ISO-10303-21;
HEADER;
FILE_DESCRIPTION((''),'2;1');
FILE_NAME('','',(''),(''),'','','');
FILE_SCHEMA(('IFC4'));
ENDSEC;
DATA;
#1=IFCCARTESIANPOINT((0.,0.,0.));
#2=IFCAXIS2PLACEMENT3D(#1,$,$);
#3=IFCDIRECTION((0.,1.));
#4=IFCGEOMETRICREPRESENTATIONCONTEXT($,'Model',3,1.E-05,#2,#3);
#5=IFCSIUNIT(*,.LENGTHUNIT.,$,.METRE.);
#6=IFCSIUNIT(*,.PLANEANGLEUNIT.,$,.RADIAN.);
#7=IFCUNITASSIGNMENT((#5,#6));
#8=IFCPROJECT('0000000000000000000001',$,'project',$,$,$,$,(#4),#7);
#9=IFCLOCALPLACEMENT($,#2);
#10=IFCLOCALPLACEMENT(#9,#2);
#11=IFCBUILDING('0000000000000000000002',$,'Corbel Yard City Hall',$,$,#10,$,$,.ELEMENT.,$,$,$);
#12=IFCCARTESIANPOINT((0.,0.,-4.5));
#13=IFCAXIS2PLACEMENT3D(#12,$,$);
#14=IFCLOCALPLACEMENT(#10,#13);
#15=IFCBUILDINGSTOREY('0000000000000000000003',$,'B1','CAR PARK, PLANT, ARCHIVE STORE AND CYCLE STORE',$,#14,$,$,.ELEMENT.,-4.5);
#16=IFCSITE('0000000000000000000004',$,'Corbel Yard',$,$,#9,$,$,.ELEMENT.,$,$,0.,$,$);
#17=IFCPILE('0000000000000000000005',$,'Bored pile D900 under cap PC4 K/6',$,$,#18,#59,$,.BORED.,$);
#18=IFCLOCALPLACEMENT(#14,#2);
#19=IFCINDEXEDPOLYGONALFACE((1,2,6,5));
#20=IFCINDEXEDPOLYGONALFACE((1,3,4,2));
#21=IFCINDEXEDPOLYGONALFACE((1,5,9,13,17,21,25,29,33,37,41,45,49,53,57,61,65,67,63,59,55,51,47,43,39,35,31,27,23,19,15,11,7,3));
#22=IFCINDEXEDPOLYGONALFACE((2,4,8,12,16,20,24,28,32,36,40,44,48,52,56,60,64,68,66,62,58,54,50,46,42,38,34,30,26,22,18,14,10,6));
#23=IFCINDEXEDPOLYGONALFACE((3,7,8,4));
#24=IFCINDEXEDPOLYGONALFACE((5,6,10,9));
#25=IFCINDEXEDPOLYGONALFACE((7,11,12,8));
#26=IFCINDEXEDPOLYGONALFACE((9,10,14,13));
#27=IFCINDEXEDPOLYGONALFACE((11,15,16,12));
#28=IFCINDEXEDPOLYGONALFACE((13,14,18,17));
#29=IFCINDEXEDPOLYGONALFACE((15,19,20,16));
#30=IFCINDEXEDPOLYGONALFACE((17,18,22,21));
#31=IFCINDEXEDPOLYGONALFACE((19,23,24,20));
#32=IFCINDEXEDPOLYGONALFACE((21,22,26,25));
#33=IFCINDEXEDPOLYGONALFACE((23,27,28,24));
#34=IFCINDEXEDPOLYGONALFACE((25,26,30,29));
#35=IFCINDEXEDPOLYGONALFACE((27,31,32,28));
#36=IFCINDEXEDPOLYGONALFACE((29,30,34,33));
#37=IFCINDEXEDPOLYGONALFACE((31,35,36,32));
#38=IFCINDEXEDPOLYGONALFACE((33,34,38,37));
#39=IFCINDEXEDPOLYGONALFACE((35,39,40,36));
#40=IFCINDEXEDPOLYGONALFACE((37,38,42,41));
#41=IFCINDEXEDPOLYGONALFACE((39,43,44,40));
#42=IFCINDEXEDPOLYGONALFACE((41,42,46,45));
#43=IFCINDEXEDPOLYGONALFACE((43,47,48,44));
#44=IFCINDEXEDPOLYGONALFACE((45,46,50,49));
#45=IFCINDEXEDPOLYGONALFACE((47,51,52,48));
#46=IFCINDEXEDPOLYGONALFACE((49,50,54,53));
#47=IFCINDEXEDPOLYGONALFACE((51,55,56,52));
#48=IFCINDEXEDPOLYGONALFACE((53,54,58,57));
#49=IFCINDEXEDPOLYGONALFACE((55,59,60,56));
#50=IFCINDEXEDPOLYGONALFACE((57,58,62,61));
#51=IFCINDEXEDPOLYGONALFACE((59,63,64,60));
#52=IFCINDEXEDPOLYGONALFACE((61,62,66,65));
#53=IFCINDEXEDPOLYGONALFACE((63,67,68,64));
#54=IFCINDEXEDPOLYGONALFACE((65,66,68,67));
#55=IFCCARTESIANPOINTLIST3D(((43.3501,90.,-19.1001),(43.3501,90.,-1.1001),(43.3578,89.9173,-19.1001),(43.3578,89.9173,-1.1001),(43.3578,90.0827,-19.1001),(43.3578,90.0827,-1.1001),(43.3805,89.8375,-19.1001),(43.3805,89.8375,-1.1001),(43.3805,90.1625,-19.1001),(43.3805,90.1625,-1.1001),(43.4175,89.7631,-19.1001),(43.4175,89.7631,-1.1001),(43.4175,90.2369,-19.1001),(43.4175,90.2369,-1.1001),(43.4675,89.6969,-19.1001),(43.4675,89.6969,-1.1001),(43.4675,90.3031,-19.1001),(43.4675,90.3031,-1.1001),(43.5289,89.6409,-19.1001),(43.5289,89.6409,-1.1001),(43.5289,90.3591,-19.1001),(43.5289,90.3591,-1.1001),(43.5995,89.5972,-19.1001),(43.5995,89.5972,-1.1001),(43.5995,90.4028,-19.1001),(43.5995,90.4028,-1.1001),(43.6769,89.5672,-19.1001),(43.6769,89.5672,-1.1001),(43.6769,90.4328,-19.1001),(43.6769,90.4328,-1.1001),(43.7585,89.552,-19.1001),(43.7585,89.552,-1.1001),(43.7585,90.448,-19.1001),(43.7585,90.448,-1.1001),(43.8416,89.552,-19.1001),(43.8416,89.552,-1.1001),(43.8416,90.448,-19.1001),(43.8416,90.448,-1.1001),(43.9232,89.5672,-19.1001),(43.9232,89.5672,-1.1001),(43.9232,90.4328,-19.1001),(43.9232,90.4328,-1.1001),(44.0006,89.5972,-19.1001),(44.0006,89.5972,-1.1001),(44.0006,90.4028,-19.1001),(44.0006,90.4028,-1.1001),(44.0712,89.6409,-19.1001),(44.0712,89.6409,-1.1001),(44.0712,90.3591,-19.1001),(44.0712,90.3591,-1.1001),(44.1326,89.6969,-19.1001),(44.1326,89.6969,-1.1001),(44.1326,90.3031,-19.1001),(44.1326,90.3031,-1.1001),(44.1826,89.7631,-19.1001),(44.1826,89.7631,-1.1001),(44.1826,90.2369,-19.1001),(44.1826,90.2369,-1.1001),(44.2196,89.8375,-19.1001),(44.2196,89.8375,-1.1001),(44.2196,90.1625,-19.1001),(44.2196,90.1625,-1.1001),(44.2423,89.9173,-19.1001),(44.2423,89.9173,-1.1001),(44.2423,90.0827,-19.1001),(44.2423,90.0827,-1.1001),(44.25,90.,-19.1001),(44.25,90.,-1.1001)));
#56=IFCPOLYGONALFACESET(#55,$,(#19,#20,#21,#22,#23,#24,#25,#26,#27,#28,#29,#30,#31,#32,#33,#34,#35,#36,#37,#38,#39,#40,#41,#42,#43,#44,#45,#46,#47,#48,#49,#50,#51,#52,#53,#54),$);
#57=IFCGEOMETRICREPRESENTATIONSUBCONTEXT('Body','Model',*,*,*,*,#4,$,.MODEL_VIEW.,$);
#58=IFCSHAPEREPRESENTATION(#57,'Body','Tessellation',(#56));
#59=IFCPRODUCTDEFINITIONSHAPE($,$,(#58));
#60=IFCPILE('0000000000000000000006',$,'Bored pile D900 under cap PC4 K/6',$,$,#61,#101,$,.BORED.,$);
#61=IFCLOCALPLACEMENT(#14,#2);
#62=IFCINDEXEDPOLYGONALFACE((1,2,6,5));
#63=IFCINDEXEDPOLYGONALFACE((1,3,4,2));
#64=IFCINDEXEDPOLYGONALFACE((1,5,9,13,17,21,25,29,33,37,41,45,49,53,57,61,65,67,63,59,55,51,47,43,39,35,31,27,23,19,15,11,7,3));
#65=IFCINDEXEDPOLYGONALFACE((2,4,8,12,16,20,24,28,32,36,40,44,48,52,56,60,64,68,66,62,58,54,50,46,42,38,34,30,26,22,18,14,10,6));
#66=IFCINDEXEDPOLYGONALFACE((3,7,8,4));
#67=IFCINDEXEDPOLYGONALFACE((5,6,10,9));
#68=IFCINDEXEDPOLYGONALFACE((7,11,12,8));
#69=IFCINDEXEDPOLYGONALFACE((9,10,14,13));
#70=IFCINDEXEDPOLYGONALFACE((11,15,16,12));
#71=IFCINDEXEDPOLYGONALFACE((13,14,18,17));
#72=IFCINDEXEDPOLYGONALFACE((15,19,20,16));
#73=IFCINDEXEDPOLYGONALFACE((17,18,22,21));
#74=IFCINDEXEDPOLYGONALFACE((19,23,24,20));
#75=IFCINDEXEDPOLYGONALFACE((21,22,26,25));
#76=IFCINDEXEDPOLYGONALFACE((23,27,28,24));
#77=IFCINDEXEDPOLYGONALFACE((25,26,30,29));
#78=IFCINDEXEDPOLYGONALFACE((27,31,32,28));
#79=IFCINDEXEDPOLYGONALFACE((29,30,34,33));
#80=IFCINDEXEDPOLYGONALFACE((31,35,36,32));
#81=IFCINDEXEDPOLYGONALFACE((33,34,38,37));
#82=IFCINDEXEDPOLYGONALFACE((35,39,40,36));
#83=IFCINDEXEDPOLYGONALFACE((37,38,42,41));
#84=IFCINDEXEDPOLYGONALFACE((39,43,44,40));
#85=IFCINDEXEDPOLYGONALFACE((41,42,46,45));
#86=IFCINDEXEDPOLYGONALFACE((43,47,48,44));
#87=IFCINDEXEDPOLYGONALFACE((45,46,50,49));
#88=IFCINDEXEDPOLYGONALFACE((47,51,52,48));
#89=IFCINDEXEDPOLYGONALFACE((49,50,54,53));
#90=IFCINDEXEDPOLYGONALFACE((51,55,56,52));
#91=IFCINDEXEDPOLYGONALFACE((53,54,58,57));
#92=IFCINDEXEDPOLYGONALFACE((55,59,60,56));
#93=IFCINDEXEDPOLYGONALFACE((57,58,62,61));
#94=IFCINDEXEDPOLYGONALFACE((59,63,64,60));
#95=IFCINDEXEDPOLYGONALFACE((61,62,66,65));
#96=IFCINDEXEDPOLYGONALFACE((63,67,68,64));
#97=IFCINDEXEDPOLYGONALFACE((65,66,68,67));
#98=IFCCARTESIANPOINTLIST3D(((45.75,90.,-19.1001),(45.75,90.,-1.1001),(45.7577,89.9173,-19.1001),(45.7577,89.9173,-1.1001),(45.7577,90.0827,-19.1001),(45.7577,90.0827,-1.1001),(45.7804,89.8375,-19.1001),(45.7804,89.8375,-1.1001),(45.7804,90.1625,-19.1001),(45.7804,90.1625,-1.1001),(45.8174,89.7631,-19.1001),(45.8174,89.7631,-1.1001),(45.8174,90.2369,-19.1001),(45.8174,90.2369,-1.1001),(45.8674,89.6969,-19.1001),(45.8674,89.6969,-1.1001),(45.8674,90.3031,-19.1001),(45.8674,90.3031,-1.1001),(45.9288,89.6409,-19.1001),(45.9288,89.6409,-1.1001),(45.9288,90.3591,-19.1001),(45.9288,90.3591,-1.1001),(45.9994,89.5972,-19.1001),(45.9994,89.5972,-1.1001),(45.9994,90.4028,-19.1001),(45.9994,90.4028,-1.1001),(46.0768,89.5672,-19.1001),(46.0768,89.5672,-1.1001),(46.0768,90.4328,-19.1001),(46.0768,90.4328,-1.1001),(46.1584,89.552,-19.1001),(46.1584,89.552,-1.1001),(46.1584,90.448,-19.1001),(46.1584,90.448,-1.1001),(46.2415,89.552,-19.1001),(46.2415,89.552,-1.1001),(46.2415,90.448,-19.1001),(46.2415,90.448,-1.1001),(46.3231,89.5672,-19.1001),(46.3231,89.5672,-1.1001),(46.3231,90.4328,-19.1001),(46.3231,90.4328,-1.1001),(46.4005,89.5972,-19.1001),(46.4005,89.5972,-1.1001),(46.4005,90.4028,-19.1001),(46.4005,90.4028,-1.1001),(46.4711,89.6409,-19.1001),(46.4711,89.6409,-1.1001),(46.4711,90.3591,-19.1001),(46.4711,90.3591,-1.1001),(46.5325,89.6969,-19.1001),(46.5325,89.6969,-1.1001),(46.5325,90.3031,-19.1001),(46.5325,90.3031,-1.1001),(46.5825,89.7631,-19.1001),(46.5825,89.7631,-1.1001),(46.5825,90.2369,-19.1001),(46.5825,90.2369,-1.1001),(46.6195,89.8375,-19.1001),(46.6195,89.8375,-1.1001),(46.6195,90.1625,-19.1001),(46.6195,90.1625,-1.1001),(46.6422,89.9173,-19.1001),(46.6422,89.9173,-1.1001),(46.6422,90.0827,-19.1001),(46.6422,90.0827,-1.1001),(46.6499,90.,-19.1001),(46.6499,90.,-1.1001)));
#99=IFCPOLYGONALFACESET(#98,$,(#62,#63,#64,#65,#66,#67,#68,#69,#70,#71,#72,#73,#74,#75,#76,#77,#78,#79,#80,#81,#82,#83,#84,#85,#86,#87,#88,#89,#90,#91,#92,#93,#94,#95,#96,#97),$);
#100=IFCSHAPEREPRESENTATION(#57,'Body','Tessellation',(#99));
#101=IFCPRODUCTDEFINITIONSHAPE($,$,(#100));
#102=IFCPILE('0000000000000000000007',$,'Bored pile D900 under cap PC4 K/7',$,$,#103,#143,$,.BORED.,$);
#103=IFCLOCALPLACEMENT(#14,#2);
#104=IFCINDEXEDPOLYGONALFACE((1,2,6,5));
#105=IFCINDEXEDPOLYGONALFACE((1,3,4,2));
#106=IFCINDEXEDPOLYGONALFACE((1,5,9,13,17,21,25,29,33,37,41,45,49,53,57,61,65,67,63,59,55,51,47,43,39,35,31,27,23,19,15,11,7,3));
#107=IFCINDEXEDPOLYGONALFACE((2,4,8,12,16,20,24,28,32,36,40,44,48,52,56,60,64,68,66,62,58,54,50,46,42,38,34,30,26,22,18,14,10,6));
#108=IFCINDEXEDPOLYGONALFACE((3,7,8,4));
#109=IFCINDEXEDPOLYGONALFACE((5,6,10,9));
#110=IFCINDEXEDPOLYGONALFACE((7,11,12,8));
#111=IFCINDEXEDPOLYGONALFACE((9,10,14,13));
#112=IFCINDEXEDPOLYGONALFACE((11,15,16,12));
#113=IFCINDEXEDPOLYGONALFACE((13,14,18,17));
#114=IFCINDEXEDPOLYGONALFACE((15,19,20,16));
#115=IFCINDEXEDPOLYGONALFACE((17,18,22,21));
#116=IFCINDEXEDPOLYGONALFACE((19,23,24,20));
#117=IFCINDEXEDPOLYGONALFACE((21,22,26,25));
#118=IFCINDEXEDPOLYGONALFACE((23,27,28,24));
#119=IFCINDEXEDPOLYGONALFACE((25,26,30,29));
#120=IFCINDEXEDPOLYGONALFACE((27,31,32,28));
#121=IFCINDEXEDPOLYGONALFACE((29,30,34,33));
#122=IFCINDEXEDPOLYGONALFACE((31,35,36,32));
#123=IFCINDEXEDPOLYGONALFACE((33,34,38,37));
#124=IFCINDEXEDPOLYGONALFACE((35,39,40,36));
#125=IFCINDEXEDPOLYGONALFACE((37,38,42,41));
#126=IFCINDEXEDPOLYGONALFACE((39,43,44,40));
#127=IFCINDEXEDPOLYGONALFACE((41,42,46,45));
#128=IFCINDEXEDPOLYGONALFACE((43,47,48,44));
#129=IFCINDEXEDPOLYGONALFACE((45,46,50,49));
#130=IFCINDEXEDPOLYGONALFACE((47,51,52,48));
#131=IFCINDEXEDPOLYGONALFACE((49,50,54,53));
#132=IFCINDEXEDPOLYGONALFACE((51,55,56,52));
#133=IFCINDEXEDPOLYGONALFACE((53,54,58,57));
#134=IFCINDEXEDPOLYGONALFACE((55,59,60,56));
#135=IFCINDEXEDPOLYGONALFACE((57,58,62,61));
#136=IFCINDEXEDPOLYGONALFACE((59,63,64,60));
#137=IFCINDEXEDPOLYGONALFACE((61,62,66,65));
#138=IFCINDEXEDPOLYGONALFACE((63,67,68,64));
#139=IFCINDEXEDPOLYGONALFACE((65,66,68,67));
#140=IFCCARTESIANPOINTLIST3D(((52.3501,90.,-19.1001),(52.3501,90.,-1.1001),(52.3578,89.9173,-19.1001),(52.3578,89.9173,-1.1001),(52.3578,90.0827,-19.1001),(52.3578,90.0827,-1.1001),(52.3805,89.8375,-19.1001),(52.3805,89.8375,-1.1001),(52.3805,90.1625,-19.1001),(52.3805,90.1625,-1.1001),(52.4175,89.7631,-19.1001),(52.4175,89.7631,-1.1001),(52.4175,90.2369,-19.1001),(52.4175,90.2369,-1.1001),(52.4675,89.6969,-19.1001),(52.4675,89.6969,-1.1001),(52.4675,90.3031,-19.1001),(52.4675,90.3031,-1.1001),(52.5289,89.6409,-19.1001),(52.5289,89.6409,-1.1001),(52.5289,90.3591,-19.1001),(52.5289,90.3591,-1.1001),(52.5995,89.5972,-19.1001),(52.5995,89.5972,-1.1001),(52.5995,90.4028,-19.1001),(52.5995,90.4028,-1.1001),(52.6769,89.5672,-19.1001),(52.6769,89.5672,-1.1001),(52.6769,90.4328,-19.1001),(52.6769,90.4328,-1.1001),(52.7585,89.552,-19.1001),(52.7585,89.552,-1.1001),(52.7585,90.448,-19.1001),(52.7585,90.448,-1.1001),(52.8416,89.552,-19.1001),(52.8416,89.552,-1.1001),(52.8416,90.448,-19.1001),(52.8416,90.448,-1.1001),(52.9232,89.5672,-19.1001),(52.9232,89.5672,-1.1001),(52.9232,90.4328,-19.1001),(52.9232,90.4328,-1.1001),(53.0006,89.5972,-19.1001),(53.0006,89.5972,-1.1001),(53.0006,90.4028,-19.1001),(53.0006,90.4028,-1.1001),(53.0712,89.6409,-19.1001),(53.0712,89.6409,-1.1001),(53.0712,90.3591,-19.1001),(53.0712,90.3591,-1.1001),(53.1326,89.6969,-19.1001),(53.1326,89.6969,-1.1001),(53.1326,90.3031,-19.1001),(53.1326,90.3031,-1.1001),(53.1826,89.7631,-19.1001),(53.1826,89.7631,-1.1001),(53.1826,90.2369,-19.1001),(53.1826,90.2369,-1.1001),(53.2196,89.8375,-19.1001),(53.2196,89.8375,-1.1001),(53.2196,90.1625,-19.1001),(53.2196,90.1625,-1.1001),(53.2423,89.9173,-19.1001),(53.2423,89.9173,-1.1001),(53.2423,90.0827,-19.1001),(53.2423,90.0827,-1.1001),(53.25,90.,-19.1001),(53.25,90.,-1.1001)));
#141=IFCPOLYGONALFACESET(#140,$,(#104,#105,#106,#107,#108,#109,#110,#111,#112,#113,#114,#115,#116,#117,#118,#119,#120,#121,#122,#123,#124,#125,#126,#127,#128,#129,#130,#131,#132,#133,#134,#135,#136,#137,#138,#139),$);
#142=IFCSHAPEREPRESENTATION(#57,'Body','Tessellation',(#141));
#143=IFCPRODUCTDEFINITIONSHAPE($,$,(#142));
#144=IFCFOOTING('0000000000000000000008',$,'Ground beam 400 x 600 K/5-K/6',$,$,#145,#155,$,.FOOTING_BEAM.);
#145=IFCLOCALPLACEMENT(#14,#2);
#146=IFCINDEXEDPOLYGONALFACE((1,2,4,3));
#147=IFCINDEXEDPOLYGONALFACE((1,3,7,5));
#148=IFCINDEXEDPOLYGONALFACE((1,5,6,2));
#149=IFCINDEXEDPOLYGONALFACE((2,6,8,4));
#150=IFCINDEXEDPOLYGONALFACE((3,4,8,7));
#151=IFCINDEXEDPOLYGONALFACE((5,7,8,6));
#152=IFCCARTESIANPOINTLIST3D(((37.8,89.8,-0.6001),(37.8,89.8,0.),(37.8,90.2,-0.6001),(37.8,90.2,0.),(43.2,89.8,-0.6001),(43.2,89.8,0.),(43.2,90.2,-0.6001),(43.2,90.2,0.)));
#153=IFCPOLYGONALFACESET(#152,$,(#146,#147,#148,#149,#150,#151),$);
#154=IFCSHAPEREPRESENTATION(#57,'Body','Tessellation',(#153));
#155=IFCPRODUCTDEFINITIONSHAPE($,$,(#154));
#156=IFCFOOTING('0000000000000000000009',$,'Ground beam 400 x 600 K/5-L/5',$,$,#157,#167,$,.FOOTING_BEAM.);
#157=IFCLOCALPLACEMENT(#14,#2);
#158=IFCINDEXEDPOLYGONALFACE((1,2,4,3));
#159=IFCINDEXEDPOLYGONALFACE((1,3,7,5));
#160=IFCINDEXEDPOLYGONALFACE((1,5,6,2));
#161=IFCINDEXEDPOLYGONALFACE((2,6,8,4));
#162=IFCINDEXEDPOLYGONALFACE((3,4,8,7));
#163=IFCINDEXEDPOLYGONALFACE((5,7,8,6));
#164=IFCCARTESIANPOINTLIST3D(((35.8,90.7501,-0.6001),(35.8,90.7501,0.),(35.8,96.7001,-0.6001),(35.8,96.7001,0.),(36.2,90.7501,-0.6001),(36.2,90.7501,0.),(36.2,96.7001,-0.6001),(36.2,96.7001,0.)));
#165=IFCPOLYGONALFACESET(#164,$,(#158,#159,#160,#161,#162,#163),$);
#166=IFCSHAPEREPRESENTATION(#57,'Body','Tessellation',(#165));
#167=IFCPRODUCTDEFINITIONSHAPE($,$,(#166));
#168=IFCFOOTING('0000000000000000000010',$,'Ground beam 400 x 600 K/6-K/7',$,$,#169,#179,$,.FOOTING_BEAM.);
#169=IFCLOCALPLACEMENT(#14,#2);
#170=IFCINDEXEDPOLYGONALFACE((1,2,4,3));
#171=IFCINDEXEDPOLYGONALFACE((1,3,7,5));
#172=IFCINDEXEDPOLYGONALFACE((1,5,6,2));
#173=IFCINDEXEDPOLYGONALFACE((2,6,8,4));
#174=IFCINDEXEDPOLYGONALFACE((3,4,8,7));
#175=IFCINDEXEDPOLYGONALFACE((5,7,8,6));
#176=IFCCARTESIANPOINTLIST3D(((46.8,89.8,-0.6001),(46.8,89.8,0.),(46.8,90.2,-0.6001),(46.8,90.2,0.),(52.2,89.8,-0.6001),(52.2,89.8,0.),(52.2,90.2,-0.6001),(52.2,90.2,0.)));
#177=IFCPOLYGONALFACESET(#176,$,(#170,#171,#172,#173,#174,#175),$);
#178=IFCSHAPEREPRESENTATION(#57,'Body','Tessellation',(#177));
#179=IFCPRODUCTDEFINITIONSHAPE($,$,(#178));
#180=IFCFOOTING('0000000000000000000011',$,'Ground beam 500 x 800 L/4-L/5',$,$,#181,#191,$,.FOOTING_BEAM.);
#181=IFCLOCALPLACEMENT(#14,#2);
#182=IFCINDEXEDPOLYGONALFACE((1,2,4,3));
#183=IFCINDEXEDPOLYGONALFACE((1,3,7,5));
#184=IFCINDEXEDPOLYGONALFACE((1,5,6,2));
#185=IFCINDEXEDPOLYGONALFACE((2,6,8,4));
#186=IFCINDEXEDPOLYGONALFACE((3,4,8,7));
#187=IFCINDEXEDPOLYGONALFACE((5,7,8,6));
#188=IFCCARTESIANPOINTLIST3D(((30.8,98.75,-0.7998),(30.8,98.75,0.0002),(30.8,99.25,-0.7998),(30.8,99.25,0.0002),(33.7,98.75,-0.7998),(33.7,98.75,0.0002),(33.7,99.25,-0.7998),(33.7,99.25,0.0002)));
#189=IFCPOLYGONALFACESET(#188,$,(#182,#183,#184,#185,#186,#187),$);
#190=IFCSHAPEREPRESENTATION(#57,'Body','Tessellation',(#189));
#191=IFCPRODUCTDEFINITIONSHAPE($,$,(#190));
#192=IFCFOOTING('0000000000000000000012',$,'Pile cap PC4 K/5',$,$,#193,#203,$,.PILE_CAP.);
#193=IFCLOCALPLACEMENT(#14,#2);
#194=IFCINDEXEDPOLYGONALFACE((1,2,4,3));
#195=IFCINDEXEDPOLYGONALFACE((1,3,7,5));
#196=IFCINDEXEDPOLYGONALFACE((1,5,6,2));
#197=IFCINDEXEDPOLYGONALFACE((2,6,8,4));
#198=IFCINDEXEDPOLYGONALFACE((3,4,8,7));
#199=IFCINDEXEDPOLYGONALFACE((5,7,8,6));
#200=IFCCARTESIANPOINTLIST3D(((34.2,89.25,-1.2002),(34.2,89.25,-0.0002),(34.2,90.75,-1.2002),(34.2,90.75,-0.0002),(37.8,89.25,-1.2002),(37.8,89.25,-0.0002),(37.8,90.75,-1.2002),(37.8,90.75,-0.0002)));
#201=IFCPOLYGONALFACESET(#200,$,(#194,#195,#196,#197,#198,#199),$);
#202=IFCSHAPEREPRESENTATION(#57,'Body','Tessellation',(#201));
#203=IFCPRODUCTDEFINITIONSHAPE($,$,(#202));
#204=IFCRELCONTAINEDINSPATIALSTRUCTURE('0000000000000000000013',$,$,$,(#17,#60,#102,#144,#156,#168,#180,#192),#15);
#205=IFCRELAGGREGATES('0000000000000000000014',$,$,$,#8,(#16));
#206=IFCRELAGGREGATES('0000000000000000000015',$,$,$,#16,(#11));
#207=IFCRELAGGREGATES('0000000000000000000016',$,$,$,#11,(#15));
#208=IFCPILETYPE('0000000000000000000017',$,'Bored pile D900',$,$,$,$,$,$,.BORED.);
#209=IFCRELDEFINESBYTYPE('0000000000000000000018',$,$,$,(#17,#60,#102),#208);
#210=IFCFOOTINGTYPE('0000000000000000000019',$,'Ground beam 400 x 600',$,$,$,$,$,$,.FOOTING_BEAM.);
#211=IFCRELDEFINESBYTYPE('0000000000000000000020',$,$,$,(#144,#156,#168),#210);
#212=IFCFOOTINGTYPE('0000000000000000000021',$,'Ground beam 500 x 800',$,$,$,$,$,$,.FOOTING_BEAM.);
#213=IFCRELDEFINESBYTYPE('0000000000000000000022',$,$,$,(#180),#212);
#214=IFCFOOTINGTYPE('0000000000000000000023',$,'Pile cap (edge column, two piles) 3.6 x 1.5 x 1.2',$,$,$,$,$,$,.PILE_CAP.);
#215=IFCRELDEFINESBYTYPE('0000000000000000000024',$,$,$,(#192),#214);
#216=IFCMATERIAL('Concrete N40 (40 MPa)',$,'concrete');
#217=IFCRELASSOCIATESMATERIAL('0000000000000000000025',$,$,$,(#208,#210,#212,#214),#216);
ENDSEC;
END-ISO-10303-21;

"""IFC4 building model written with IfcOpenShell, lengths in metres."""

from ifc_helpers import new_model, si_unit, direction, frame, origin, origin_2d, place, context, subcontext, project, spatial, rectangle, circle, extrude, material, material_profile, profile_set, type_object, element, save


model = new_model("IFC4")

# Units and contexts
model_context = context("Model", 3, precision=1e-05, world=origin(), true_north=direction((0.0, 1.0)))
body_context = subcontext(model_context, "Body", "Model", "MODEL_VIEW")
ifc_project = project(units=[si_unit("LENGTHUNIT", "METRE"), si_unit("PLANEANGLEUNIT", "RADIAN")], contexts=[model_context])

# Site, building, storey
site_placement = place(None, origin())
site = spatial("IfcSite", under=ifc_project, at=site_placement, Name="Corbel Yard", CompositionType="ELEMENT", RefElevation=0.0)
building_placement = place(site_placement, origin())
building = spatial("IfcBuilding", under=site, at=building_placement, Name="Corbel Yard City Hall", CompositionType="ELEMENT")
storey_placement = place(building_placement, frame((0.0, 0.0, -4.5)))
storey = spatial("IfcBuildingStorey", under=building, at=storey_placement, Name="B1", Description="CAR PARK, PLANT, ARCHIVE STORE AND CYCLE STORE", CompositionType="ELEMENT", Elevation=-4.5)

# Piles
ifc_material_1 = material(Name="Concrete N40 (40 MPa)", Category="concrete")
ifc_material_profile_1 = material_profile(ifc_material_1, circle(Radius=0.45, at=origin_2d()), Name="D900")
ifc_profile_set_1 = profile_set([ifc_material_profile_1], Name="Concrete N40 (40 MPa)")
pile_type_1 = type_object("IfcPileType", Name="Bored pile D900", PredefinedType="BORED", material=ifc_profile_set_1)
for number, where, z_axis, x_axis, name in (
    (1, (43.8, 90.0, -1.1001), (0.0, 0.0, -1.0), (1.0, 0.0, 0.0), "Bored pile D900 under cap PC4 K/6"),
    (2, (46.2, 90.0, -1.1001), (0.0, 0.0, -1.0), (1.0, 0.0, 0.0), "Bored pile D900 under cap PC4 K/6"),
    (3, (52.8, 90.0, -1.1001), (0.0, 0.0, -1.0), (1.0, 0.0, 0.0), "Bored pile D900 under cap PC4 K/7"),
):
    element("IfcPile", number, at=place(storey_placement, frame(where, z_axis=z_axis, x_axis=x_axis)), inside=storey, type_object=pile_type_1, Name=name, PredefinedType="BORED", context=body_context, shape_type="SweptSolid", body=[
        extrude(circle(Radius=0.45, at=origin_2d()), origin(), (0.0, 0.0, 1.0), 18.0),
    ])

# Footings
footing_type_1 = type_object("IfcFootingType", Name="Ground beam 400 x 600", PredefinedType="FOOTING_BEAM", material=ifc_material_1)
footing_1_placement = place(storey_placement, frame((40.5, 90.0, -0.6001), z_axis=(0.0, 0.0, 1.0), x_axis=(1.0, 0.0, 0.0)))
element("IfcFooting", 4, at=footing_1_placement, inside=storey, type_object=footing_type_1, Name="Ground beam 400 x 600 K/5-K/6", PredefinedType="FOOTING_BEAM", context=body_context, shape_type="SweptSolid", body=[
    extrude(rectangle(XDim=5.3999, YDim=0.3999, at=origin_2d()), origin(), (0.0, 0.0, 1.0), 0.6001),
])
footing_2_placement = place(storey_placement, frame((36.0, 93.7251, -0.6001), z_axis=(0.0, 0.0, 1.0), x_axis=(1.0, 0.0, 0.0)))
element("IfcFooting", 5, at=footing_2_placement, inside=storey, type_object=footing_type_1, Name="Ground beam 400 x 600 K/5-L/5", PredefinedType="FOOTING_BEAM", context=body_context, shape_type="SweptSolid", body=[
    extrude(rectangle(XDim=0.3999, YDim=5.95, at=origin_2d()), origin(), (0.0, 0.0, 1.0), 0.6001),
])
footing_3_placement = place(storey_placement, frame((49.5, 90.0, -0.6001), z_axis=(0.0, 0.0, 1.0), x_axis=(1.0, 0.0, 0.0)))
element("IfcFooting", 6, at=footing_3_placement, inside=storey, type_object=footing_type_1, Name="Ground beam 400 x 600 K/6-K/7", PredefinedType="FOOTING_BEAM", context=body_context, shape_type="SweptSolid", body=[
    extrude(rectangle(XDim=5.3999, YDim=0.3999, at=origin_2d()), origin(), (0.0, 0.0, 1.0), 0.6001),
])
footing_type_2 = type_object("IfcFootingType", Name="Ground beam 500 x 800", PredefinedType="FOOTING_BEAM", material=ifc_material_1)
footing_4_placement = place(storey_placement, frame((32.25, 99.0, -0.7998), z_axis=(0.0, 0.0, 1.0), x_axis=(1.0, 0.0, 0.0)))
element("IfcFooting", 7, at=footing_4_placement, inside=storey, type_object=footing_type_2, Name="Ground beam 500 x 800 L/4-L/5", PredefinedType="FOOTING_BEAM", context=body_context, shape_type="SweptSolid", body=[
    extrude(rectangle(XDim=2.8999, YDim=0.5, at=origin_2d()), origin(), (0.0, 0.0, 1.0), 0.8),
])
footing_type_3 = type_object("IfcFootingType", Name="Pile cap (edge column, two piles) 3.6 x 1.5 x 1.2", PredefinedType="PILE_CAP", material=ifc_material_1)
for number, where, z_axis, x_axis, name in (
    (8, (36.0, 90.0, -1.2002), (0.0, 0.0, 1.0), (1.0, 0.0, 0.0), "Pile cap PC4 K/5"),
):
    element("IfcFooting", number, at=place(storey_placement, frame(where, z_axis=z_axis, x_axis=x_axis)), inside=storey, type_object=footing_type_3, Name=name, PredefinedType="PILE_CAP", context=body_context, shape_type="SweptSolid", body=[
        extrude(rectangle(XDim=3.6001, YDim=1.5, at=origin_2d()), origin(), (0.0, 0.0, 1.0), 1.2),
    ])

save(model, "model.ifc")
